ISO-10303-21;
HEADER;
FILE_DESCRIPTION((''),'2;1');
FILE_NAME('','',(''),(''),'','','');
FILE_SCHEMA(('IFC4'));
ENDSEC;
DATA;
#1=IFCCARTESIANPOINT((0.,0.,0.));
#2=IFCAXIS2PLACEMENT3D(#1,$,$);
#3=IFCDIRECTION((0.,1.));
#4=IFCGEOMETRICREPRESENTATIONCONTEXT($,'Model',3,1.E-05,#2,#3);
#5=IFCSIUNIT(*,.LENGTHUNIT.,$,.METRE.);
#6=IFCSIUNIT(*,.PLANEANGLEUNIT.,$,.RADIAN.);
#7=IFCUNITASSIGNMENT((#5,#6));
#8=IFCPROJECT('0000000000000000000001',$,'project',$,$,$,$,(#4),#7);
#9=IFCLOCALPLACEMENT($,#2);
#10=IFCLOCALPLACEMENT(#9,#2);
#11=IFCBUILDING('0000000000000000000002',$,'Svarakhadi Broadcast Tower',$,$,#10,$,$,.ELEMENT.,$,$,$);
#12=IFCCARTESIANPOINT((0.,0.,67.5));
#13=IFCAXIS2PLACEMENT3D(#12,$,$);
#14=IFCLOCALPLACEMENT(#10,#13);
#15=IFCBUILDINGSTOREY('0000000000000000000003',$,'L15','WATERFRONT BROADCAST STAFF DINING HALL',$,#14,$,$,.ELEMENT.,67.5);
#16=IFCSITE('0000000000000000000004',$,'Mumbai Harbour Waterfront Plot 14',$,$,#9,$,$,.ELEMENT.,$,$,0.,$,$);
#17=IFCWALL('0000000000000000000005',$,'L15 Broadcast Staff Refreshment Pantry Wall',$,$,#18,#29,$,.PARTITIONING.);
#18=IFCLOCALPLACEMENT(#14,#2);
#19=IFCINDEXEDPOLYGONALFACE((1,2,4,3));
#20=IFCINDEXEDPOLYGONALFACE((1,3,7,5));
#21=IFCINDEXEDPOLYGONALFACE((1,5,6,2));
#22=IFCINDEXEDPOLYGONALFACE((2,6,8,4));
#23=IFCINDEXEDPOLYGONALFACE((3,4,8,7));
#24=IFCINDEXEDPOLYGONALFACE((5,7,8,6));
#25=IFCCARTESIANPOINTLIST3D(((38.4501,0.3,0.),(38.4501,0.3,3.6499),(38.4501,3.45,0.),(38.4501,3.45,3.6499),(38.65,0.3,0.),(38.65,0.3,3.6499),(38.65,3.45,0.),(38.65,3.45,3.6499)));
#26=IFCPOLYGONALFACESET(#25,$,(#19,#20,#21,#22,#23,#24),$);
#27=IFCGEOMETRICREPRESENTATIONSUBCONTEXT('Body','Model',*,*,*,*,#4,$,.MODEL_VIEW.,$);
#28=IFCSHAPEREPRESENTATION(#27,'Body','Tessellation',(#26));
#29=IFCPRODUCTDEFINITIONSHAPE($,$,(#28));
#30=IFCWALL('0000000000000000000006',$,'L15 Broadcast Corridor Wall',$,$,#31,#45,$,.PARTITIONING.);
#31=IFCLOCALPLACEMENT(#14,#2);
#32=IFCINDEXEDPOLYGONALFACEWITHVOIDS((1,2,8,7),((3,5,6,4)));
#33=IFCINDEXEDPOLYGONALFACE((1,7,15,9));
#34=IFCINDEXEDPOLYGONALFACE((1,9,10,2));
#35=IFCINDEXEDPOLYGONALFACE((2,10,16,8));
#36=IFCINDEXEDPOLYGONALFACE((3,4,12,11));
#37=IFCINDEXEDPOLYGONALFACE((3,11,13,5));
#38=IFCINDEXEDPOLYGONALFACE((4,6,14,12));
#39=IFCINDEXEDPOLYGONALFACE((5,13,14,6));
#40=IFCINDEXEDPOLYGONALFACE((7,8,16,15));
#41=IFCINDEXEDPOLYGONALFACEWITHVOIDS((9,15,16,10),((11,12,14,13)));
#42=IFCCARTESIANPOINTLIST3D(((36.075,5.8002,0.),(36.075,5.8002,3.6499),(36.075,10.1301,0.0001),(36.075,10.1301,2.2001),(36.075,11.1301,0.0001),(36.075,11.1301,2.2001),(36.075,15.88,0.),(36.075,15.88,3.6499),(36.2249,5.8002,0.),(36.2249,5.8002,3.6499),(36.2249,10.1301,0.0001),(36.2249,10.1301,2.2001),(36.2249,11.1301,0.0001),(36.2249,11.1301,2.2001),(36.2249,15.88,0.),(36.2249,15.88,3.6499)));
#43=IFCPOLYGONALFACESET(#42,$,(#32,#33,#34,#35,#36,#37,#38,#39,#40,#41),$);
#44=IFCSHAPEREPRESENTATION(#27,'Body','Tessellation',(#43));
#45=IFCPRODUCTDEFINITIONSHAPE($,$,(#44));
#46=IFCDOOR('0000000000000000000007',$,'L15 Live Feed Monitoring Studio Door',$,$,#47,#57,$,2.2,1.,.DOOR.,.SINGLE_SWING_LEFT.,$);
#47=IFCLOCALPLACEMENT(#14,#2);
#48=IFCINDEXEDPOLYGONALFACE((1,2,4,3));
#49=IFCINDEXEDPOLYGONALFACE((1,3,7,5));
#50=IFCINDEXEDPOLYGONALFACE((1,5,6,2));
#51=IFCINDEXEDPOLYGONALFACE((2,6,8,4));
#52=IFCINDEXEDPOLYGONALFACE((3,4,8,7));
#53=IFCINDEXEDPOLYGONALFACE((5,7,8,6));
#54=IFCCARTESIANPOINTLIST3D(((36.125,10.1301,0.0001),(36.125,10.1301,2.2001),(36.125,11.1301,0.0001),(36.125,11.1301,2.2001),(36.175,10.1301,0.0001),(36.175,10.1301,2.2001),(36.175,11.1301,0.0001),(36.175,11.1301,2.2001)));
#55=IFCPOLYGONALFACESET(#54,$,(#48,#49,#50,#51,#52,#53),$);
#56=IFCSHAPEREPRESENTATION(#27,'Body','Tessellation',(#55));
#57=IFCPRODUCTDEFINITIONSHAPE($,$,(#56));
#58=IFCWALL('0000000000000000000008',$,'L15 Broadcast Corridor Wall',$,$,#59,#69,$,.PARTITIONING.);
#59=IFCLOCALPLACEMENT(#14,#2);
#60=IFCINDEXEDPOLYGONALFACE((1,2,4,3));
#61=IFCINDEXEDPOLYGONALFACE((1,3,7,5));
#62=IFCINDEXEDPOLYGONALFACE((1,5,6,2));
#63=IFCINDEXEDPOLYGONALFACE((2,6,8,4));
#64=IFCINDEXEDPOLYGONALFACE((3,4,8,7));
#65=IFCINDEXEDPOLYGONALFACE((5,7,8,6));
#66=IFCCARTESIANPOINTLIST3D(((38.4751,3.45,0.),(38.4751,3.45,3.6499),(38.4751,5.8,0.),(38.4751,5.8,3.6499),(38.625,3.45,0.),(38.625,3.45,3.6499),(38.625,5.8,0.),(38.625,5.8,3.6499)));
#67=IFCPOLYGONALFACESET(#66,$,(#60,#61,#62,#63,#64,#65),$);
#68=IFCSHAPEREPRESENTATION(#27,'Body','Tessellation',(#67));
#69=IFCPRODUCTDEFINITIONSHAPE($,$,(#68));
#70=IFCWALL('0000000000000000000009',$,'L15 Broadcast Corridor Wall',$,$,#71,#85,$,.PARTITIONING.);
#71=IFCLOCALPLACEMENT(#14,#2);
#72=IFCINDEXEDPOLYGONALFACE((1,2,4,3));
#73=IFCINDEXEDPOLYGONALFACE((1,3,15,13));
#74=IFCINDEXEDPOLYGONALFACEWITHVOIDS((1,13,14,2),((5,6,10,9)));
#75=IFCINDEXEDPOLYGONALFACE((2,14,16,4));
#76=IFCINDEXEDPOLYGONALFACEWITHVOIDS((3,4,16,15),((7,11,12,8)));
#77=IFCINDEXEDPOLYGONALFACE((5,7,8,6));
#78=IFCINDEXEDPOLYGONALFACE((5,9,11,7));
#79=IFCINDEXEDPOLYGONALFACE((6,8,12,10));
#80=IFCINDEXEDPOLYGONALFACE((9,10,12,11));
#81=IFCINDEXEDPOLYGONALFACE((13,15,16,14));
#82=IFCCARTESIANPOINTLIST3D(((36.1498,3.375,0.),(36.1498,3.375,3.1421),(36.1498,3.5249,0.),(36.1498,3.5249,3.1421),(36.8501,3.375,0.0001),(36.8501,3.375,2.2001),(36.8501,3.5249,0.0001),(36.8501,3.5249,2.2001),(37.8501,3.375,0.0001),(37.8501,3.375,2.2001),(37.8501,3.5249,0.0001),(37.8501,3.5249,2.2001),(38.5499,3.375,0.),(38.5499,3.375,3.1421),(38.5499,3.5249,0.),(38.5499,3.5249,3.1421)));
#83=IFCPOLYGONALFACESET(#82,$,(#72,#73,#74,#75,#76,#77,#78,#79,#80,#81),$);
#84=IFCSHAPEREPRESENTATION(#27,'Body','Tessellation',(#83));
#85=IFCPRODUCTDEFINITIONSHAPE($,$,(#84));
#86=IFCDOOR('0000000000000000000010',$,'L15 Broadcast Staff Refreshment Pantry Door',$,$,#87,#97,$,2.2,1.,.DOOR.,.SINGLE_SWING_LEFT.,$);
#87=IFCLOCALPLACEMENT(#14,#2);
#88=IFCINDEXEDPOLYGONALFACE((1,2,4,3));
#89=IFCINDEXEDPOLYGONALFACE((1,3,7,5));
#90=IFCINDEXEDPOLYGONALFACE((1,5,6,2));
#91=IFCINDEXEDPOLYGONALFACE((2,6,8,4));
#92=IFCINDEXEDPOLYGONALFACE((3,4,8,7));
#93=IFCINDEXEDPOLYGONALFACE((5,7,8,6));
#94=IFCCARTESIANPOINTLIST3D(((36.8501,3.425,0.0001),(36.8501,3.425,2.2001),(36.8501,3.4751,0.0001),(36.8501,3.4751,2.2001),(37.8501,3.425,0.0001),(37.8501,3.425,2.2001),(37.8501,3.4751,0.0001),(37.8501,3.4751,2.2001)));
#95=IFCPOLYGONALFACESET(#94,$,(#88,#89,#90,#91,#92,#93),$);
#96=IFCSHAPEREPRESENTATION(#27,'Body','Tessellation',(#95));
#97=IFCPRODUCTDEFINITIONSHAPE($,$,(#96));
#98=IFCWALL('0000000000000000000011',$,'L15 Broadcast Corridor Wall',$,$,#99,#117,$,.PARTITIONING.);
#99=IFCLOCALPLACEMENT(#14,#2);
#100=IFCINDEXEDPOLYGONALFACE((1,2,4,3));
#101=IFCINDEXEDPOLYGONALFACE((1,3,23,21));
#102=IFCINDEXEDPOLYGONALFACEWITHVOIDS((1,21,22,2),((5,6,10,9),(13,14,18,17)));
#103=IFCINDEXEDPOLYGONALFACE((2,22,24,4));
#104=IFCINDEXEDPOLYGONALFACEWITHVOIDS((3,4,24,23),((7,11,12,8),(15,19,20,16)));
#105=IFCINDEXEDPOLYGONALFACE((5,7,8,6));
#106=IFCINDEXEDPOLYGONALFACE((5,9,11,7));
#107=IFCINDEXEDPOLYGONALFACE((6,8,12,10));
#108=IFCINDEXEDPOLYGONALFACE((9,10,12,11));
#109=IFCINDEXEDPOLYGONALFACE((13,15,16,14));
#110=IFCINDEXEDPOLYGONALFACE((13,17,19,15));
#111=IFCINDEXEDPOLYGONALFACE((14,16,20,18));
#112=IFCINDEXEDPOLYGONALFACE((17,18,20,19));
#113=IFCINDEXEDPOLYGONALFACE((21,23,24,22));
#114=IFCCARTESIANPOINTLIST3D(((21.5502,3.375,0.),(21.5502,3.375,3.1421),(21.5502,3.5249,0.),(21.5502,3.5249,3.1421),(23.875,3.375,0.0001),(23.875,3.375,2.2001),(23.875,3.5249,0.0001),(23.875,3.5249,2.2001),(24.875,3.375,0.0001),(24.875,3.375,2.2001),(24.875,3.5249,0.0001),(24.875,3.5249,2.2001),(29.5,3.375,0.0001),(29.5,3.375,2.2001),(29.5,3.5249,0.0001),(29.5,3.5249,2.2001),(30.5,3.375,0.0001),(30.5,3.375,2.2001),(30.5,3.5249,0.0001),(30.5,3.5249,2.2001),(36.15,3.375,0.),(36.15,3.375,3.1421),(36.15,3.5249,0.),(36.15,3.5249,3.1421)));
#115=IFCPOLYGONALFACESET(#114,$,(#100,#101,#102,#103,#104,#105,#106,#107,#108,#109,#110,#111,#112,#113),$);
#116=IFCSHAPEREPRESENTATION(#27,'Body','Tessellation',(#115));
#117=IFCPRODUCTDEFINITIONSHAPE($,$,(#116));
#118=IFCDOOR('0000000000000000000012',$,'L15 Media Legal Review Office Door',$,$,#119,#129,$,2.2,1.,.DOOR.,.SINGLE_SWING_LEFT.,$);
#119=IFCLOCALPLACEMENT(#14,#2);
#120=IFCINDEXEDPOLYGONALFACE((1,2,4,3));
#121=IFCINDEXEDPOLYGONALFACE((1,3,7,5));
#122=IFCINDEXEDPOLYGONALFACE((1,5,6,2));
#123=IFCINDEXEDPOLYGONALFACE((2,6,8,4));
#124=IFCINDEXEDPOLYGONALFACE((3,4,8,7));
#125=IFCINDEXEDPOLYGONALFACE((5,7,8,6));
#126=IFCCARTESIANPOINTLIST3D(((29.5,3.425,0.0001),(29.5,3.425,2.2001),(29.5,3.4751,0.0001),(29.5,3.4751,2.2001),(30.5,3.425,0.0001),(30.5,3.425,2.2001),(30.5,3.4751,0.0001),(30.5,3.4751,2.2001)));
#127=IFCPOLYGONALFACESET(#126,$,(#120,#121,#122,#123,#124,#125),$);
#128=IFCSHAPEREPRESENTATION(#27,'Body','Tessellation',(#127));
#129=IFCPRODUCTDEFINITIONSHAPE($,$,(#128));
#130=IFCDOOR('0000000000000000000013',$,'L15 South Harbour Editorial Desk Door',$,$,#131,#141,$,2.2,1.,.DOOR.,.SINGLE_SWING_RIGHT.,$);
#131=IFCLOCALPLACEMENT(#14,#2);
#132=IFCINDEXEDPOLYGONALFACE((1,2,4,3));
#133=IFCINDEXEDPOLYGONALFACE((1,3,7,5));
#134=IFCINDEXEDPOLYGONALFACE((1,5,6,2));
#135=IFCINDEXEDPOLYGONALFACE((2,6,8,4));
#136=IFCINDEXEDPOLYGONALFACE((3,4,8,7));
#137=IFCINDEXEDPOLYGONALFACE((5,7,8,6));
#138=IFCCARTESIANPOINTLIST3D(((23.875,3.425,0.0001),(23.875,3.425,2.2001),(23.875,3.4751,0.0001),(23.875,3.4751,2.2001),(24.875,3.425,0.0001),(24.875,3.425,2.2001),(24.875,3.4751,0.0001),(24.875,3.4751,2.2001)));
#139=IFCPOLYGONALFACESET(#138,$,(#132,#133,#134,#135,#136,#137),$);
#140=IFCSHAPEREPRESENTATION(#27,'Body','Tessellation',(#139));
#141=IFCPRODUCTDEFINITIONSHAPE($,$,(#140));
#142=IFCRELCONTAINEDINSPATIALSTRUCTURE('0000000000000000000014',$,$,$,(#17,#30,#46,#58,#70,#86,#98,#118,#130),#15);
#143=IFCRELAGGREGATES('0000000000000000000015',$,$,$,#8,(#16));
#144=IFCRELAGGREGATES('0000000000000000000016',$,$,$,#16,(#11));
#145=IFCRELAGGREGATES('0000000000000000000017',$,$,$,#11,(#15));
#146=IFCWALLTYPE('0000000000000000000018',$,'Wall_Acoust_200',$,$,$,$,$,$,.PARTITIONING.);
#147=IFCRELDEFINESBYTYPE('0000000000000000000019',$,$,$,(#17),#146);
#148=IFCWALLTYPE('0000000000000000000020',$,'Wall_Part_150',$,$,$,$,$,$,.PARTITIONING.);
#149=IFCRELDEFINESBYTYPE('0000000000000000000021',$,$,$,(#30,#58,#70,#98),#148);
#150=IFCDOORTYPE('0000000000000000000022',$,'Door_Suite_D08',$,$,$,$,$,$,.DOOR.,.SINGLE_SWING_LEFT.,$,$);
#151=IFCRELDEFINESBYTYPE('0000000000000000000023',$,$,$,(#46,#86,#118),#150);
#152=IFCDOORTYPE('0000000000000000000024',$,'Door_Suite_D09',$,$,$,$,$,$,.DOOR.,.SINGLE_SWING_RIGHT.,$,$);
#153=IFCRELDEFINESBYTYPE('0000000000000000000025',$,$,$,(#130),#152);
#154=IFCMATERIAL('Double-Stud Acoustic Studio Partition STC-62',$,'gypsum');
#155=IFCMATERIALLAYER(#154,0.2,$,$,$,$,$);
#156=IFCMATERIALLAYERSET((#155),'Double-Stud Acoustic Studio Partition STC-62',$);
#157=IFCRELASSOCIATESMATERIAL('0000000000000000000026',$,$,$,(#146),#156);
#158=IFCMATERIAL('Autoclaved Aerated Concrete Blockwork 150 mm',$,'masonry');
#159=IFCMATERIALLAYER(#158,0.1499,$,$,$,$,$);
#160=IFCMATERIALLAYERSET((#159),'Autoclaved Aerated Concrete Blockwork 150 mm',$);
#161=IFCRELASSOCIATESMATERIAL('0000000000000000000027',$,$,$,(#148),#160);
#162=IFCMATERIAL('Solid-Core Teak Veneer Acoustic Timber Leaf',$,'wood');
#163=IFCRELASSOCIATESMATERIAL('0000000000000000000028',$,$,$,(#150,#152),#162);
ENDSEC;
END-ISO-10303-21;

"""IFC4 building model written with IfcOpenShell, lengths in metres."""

from ifc_helpers import new_model, si_unit, direction, frame, frame_2d, origin, place, context, subcontext, project, spatial, rectangle, extrude, material, layer, layer_set, type_object, element, fill, save


model = new_model("IFC4")

# Units and contexts
model_context = context("Model", 3, precision=1e-05, world=origin(), true_north=direction((0.0, 1.0)))
body_context = subcontext(model_context, "Body", "Model", "MODEL_VIEW")
ifc_project = project(units=[si_unit("LENGTHUNIT", "METRE"), si_unit("PLANEANGLEUNIT", "RADIAN")], contexts=[model_context])

# Site, building, storey
site_placement = place(None, origin())
site = spatial("IfcSite", under=ifc_project, at=site_placement, Name="Mumbai Harbour Waterfront Plot 14", CompositionType="ELEMENT", RefElevation=0.0)
building_placement = place(site_placement, origin())
building = spatial("IfcBuilding", under=site, at=building_placement, Name="Svarakhadi Broadcast Tower", CompositionType="ELEMENT")
storey_placement = place(building_placement, frame((0.0, 0.0, 67.5)))
storey = spatial("IfcBuildingStorey", under=building, at=storey_placement, Name="L15", Description="WATERFRONT BROADCAST STAFF DINING HALL", CompositionType="ELEMENT", Elevation=67.5)

# Wall
ifc_material_1 = material(Name="Double-Stud Acoustic Studio Partition STC-62", Category="gypsum")
ifc_layer_1 = layer(ifc_material_1, 0.2)
ifc_layer_set_1 = layer_set([ifc_layer_1], Name="Double-Stud Acoustic Studio Partition STC-62")
wall_type_1 = type_object("IfcWallType", Name="Wall_Acoust_200", PredefinedType="PARTITIONING", material=ifc_layer_set_1)
wall_1_placement = place(storey_placement, frame((38.55, 0.3, 0.0), z_axis=(0.0, 0.0, 1.0), x_axis=(0.0, 1.0, 0.0)))
element("IfcWall", 1, at=wall_1_placement, inside=storey, type_object=wall_type_1, Name="L15 Broadcast Staff Refreshment Pantry Wall", PredefinedType="PARTITIONING", context=body_context, shape_type="SweptSolid", body=[
    extrude(rectangle(XDim=3.1499, YDim=0.2, at=frame_2d((1.575, 0.0))), origin(), (0.0, 0.0, 1.0), 3.6499),
])

# Wall, opening, door
ifc_material_2 = material(Name="Autoclaved Aerated Concrete Blockwork 150 mm", Category="masonry")
ifc_layer_2 = layer(ifc_material_2, 0.1499)
ifc_layer_set_2 = layer_set([ifc_layer_2], Name="Autoclaved Aerated Concrete Blockwork 150 mm")
wall_type_2 = type_object("IfcWallType", Name="Wall_Part_150", PredefinedType="PARTITIONING", material=ifc_layer_set_2)
wall_2_placement = place(storey_placement, frame((36.1499, 5.8, 0.0), z_axis=(0.0, 0.0, 1.0), x_axis=(0.0, 1.0, 0.0)))
wall_2 = element("IfcWall", 2, at=wall_2_placement, inside=storey, type_object=wall_type_2, Name="L15 Broadcast Corridor Wall", PredefinedType="PARTITIONING", context=body_context, shape_type="SweptSolid", body=[
    extrude(rectangle(XDim=10.0798, YDim=0.1499, at=frame_2d((5.04, 0.0))), origin(), (0.0, 0.0, 1.0), 3.6499),
])
opening_1_placement = place(wall_2_placement, frame((4.3301, 0.0, 0.0)))
opening_1 = element("IfcOpeningElement", 3, at=opening_1_placement, cuts=wall_2, PredefinedType="OPENING", context=body_context, shape_type="SweptSolid", body=[
    extrude(rectangle(XDim=1.0, YDim=2.2, at=frame_2d((0.5, 1.1001))), frame((0.0, 0.085, 0.0), z_axis=(0.0, -1.0, 0.0), x_axis=(1.0, 0.0, 0.0)), (0.0, 0.0, 1.0), 0.1699),
])
ifc_material_3 = material(Name="Solid-Core Teak Veneer Acoustic Timber Leaf", Category="wood")
door_type_1 = type_object("IfcDoorType", Name="Door_Suite_D08", OperationType="SINGLE_SWING_LEFT", PredefinedType="DOOR", material=ifc_material_3)
door_1_placement = place(opening_1_placement, origin())
door_1 = element("IfcDoor", 4, at=door_1_placement, inside=storey, type_object=door_type_1, Name="L15 Live Feed Monitoring Studio Door", OperationType="SINGLE_SWING_LEFT", OverallHeight=2.2, OverallWidth=1.0, PredefinedType="DOOR", context=body_context, shape_type="SweptSolid", body=[
    extrude(rectangle(XDim=1.0, YDim=2.2, at=frame_2d((0.5, 1.1001))), frame((0.0, 0.0249, 0.0), z_axis=(0.0, -1.0, 0.0), x_axis=(1.0, 0.0, 0.0)), (0.0, 0.0, 1.0), 0.05),
])
fill(opening_1, door_1)

# Wall
wall_3_placement = place(storey_placement, frame((38.55, 5.8, 0.0), z_axis=(0.0, 0.0, 1.0), x_axis=(0.0, -1.0, 0.0)))
element("IfcWall", 5, at=wall_3_placement, inside=storey, type_object=wall_type_2, Name="L15 Broadcast Corridor Wall", PredefinedType="PARTITIONING", context=body_context, shape_type="SweptSolid", body=[
    extrude(rectangle(XDim=2.3501, YDim=0.1499, at=frame_2d((1.175, 0.0))), origin(), (0.0, 0.0, 1.0), 3.6499),
])

# Wall, opening, door
wall_4_placement = place(storey_placement, frame((38.55, 3.45, 0.0), z_axis=(0.0, 0.0, 1.0), x_axis=(-1.0, 0.0, 0.0)))
wall_4 = element("IfcWall", 6, at=wall_4_placement, inside=storey, type_object=wall_type_2, Name="L15 Broadcast Corridor Wall", PredefinedType="PARTITIONING", context=body_context, shape_type="SweptSolid", body=[
    extrude(rectangle(XDim=2.4001, YDim=0.1499, at=frame_2d((1.2002, 0.0))), origin(), (0.0, 0.0, 1.0), 3.1421),
])
opening_2_placement = place(wall_4_placement, frame((0.7, 0.0, 0.0)))
opening_2 = element("IfcOpeningElement", 7, at=opening_2_placement, cuts=wall_4, PredefinedType="OPENING", context=body_context, shape_type="SweptSolid", body=[
    extrude(rectangle(XDim=1.0, YDim=2.2, at=frame_2d((0.5, 1.1001))), frame((0.0, 0.085, 0.0), z_axis=(0.0, -1.0, 0.0), x_axis=(1.0, 0.0, 0.0)), (0.0, 0.0, 1.0), 0.1699),
])
door_2_placement = place(opening_2_placement, origin())
door_2 = element("IfcDoor", 8, at=door_2_placement, inside=storey, type_object=door_type_1, Name="L15 Broadcast Staff Refreshment Pantry Door", OperationType="SINGLE_SWING_LEFT", OverallHeight=2.2, OverallWidth=1.0, PredefinedType="DOOR", context=body_context, shape_type="SweptSolid", body=[
    extrude(rectangle(XDim=1.0, YDim=2.2, at=frame_2d((0.5, 1.1001))), frame((0.0, 0.0249, 0.0), z_axis=(0.0, -1.0, 0.0), x_axis=(1.0, 0.0, 0.0)), (0.0, 0.0, 1.0), 0.05),
])
fill(opening_2, door_2)

# Wall, openings, doors
wall_5_placement = place(storey_placement, frame((36.1499, 3.45, 0.0), z_axis=(0.0, 0.0, 1.0), x_axis=(-1.0, 0.0, 0.0)))
wall_5 = element("IfcWall", 9, at=wall_5_placement, inside=storey, type_object=wall_type_2, Name="L15 Broadcast Corridor Wall", PredefinedType="PARTITIONING", context=body_context, shape_type="SweptSolid", body=[
    extrude(rectangle(XDim=14.5999, YDim=0.1499, at=frame_2d((7.2998, 0.0))), origin(), (0.0, 0.0, 1.0), 3.1421),
])
opening_3_placement = place(wall_5_placement, frame((11.2749, 0.0, 0.0)))
opening_3 = element("IfcOpeningElement", 10, at=opening_3_placement, cuts=wall_5, PredefinedType="OPENING", context=body_context, shape_type="SweptSolid", body=[
    extrude(rectangle(XDim=1.0, YDim=2.2, at=frame_2d((0.5, 1.1001))), frame((0.0, 0.085, 0.0), z_axis=(0.0, -1.0, 0.0), x_axis=(1.0, 0.0, 0.0)), (0.0, 0.0, 1.0), 0.1699),
])
opening_4_placement = place(wall_5_placement, frame((5.6499, 0.0, 0.0)))
opening_4 = element("IfcOpeningElement", 11, at=opening_4_placement, cuts=wall_5, PredefinedType="OPENING", context=body_context, shape_type="SweptSolid", body=[
    extrude(rectangle(XDim=1.0, YDim=2.2, at=frame_2d((0.5, 1.1001))), frame((0.0, 0.085, 0.0), z_axis=(0.0, -1.0, 0.0), x_axis=(1.0, 0.0, 0.0)), (0.0, 0.0, 1.0), 0.1699),
])
door_3_placement = place(opening_4_placement, origin())
door_3 = element("IfcDoor", 12, at=door_3_placement, inside=storey, type_object=door_type_1, Name="L15 Media Legal Review Office Door", OperationType="SINGLE_SWING_LEFT", OverallHeight=2.2, OverallWidth=1.0, PredefinedType="DOOR", context=body_context, shape_type="SweptSolid", body=[
    extrude(rectangle(XDim=1.0, YDim=2.2, at=frame_2d((0.5, 1.1001))), frame((0.0, 0.0249, 0.0), z_axis=(0.0, -1.0, 0.0), x_axis=(1.0, 0.0, 0.0)), (0.0, 0.0, 1.0), 0.05),
])
fill(opening_4, door_3)
door_type_2 = type_object("IfcDoorType", Name="Door_Suite_D09", OperationType="SINGLE_SWING_RIGHT", PredefinedType="DOOR", material=ifc_material_3)
door_4_placement = place(opening_3_placement, origin())
door_4 = element("IfcDoor", 13, at=door_4_placement, inside=storey, type_object=door_type_2, Name="L15 South Harbour Editorial Desk Door", OperationType="SINGLE_SWING_RIGHT", OverallHeight=2.2, OverallWidth=1.0, PredefinedType="DOOR", context=body_context, shape_type="SweptSolid", body=[
    extrude(rectangle(XDim=1.0, YDim=2.2, at=frame_2d((0.5, 1.1001))), frame((0.0, 0.0249, 0.0), z_axis=(0.0, -1.0, 0.0), x_axis=(1.0, 0.0, 0.0)), (0.0, 0.0, 1.0), 0.05),
])
fill(opening_3, door_4)

save(model, "model.ifc")
